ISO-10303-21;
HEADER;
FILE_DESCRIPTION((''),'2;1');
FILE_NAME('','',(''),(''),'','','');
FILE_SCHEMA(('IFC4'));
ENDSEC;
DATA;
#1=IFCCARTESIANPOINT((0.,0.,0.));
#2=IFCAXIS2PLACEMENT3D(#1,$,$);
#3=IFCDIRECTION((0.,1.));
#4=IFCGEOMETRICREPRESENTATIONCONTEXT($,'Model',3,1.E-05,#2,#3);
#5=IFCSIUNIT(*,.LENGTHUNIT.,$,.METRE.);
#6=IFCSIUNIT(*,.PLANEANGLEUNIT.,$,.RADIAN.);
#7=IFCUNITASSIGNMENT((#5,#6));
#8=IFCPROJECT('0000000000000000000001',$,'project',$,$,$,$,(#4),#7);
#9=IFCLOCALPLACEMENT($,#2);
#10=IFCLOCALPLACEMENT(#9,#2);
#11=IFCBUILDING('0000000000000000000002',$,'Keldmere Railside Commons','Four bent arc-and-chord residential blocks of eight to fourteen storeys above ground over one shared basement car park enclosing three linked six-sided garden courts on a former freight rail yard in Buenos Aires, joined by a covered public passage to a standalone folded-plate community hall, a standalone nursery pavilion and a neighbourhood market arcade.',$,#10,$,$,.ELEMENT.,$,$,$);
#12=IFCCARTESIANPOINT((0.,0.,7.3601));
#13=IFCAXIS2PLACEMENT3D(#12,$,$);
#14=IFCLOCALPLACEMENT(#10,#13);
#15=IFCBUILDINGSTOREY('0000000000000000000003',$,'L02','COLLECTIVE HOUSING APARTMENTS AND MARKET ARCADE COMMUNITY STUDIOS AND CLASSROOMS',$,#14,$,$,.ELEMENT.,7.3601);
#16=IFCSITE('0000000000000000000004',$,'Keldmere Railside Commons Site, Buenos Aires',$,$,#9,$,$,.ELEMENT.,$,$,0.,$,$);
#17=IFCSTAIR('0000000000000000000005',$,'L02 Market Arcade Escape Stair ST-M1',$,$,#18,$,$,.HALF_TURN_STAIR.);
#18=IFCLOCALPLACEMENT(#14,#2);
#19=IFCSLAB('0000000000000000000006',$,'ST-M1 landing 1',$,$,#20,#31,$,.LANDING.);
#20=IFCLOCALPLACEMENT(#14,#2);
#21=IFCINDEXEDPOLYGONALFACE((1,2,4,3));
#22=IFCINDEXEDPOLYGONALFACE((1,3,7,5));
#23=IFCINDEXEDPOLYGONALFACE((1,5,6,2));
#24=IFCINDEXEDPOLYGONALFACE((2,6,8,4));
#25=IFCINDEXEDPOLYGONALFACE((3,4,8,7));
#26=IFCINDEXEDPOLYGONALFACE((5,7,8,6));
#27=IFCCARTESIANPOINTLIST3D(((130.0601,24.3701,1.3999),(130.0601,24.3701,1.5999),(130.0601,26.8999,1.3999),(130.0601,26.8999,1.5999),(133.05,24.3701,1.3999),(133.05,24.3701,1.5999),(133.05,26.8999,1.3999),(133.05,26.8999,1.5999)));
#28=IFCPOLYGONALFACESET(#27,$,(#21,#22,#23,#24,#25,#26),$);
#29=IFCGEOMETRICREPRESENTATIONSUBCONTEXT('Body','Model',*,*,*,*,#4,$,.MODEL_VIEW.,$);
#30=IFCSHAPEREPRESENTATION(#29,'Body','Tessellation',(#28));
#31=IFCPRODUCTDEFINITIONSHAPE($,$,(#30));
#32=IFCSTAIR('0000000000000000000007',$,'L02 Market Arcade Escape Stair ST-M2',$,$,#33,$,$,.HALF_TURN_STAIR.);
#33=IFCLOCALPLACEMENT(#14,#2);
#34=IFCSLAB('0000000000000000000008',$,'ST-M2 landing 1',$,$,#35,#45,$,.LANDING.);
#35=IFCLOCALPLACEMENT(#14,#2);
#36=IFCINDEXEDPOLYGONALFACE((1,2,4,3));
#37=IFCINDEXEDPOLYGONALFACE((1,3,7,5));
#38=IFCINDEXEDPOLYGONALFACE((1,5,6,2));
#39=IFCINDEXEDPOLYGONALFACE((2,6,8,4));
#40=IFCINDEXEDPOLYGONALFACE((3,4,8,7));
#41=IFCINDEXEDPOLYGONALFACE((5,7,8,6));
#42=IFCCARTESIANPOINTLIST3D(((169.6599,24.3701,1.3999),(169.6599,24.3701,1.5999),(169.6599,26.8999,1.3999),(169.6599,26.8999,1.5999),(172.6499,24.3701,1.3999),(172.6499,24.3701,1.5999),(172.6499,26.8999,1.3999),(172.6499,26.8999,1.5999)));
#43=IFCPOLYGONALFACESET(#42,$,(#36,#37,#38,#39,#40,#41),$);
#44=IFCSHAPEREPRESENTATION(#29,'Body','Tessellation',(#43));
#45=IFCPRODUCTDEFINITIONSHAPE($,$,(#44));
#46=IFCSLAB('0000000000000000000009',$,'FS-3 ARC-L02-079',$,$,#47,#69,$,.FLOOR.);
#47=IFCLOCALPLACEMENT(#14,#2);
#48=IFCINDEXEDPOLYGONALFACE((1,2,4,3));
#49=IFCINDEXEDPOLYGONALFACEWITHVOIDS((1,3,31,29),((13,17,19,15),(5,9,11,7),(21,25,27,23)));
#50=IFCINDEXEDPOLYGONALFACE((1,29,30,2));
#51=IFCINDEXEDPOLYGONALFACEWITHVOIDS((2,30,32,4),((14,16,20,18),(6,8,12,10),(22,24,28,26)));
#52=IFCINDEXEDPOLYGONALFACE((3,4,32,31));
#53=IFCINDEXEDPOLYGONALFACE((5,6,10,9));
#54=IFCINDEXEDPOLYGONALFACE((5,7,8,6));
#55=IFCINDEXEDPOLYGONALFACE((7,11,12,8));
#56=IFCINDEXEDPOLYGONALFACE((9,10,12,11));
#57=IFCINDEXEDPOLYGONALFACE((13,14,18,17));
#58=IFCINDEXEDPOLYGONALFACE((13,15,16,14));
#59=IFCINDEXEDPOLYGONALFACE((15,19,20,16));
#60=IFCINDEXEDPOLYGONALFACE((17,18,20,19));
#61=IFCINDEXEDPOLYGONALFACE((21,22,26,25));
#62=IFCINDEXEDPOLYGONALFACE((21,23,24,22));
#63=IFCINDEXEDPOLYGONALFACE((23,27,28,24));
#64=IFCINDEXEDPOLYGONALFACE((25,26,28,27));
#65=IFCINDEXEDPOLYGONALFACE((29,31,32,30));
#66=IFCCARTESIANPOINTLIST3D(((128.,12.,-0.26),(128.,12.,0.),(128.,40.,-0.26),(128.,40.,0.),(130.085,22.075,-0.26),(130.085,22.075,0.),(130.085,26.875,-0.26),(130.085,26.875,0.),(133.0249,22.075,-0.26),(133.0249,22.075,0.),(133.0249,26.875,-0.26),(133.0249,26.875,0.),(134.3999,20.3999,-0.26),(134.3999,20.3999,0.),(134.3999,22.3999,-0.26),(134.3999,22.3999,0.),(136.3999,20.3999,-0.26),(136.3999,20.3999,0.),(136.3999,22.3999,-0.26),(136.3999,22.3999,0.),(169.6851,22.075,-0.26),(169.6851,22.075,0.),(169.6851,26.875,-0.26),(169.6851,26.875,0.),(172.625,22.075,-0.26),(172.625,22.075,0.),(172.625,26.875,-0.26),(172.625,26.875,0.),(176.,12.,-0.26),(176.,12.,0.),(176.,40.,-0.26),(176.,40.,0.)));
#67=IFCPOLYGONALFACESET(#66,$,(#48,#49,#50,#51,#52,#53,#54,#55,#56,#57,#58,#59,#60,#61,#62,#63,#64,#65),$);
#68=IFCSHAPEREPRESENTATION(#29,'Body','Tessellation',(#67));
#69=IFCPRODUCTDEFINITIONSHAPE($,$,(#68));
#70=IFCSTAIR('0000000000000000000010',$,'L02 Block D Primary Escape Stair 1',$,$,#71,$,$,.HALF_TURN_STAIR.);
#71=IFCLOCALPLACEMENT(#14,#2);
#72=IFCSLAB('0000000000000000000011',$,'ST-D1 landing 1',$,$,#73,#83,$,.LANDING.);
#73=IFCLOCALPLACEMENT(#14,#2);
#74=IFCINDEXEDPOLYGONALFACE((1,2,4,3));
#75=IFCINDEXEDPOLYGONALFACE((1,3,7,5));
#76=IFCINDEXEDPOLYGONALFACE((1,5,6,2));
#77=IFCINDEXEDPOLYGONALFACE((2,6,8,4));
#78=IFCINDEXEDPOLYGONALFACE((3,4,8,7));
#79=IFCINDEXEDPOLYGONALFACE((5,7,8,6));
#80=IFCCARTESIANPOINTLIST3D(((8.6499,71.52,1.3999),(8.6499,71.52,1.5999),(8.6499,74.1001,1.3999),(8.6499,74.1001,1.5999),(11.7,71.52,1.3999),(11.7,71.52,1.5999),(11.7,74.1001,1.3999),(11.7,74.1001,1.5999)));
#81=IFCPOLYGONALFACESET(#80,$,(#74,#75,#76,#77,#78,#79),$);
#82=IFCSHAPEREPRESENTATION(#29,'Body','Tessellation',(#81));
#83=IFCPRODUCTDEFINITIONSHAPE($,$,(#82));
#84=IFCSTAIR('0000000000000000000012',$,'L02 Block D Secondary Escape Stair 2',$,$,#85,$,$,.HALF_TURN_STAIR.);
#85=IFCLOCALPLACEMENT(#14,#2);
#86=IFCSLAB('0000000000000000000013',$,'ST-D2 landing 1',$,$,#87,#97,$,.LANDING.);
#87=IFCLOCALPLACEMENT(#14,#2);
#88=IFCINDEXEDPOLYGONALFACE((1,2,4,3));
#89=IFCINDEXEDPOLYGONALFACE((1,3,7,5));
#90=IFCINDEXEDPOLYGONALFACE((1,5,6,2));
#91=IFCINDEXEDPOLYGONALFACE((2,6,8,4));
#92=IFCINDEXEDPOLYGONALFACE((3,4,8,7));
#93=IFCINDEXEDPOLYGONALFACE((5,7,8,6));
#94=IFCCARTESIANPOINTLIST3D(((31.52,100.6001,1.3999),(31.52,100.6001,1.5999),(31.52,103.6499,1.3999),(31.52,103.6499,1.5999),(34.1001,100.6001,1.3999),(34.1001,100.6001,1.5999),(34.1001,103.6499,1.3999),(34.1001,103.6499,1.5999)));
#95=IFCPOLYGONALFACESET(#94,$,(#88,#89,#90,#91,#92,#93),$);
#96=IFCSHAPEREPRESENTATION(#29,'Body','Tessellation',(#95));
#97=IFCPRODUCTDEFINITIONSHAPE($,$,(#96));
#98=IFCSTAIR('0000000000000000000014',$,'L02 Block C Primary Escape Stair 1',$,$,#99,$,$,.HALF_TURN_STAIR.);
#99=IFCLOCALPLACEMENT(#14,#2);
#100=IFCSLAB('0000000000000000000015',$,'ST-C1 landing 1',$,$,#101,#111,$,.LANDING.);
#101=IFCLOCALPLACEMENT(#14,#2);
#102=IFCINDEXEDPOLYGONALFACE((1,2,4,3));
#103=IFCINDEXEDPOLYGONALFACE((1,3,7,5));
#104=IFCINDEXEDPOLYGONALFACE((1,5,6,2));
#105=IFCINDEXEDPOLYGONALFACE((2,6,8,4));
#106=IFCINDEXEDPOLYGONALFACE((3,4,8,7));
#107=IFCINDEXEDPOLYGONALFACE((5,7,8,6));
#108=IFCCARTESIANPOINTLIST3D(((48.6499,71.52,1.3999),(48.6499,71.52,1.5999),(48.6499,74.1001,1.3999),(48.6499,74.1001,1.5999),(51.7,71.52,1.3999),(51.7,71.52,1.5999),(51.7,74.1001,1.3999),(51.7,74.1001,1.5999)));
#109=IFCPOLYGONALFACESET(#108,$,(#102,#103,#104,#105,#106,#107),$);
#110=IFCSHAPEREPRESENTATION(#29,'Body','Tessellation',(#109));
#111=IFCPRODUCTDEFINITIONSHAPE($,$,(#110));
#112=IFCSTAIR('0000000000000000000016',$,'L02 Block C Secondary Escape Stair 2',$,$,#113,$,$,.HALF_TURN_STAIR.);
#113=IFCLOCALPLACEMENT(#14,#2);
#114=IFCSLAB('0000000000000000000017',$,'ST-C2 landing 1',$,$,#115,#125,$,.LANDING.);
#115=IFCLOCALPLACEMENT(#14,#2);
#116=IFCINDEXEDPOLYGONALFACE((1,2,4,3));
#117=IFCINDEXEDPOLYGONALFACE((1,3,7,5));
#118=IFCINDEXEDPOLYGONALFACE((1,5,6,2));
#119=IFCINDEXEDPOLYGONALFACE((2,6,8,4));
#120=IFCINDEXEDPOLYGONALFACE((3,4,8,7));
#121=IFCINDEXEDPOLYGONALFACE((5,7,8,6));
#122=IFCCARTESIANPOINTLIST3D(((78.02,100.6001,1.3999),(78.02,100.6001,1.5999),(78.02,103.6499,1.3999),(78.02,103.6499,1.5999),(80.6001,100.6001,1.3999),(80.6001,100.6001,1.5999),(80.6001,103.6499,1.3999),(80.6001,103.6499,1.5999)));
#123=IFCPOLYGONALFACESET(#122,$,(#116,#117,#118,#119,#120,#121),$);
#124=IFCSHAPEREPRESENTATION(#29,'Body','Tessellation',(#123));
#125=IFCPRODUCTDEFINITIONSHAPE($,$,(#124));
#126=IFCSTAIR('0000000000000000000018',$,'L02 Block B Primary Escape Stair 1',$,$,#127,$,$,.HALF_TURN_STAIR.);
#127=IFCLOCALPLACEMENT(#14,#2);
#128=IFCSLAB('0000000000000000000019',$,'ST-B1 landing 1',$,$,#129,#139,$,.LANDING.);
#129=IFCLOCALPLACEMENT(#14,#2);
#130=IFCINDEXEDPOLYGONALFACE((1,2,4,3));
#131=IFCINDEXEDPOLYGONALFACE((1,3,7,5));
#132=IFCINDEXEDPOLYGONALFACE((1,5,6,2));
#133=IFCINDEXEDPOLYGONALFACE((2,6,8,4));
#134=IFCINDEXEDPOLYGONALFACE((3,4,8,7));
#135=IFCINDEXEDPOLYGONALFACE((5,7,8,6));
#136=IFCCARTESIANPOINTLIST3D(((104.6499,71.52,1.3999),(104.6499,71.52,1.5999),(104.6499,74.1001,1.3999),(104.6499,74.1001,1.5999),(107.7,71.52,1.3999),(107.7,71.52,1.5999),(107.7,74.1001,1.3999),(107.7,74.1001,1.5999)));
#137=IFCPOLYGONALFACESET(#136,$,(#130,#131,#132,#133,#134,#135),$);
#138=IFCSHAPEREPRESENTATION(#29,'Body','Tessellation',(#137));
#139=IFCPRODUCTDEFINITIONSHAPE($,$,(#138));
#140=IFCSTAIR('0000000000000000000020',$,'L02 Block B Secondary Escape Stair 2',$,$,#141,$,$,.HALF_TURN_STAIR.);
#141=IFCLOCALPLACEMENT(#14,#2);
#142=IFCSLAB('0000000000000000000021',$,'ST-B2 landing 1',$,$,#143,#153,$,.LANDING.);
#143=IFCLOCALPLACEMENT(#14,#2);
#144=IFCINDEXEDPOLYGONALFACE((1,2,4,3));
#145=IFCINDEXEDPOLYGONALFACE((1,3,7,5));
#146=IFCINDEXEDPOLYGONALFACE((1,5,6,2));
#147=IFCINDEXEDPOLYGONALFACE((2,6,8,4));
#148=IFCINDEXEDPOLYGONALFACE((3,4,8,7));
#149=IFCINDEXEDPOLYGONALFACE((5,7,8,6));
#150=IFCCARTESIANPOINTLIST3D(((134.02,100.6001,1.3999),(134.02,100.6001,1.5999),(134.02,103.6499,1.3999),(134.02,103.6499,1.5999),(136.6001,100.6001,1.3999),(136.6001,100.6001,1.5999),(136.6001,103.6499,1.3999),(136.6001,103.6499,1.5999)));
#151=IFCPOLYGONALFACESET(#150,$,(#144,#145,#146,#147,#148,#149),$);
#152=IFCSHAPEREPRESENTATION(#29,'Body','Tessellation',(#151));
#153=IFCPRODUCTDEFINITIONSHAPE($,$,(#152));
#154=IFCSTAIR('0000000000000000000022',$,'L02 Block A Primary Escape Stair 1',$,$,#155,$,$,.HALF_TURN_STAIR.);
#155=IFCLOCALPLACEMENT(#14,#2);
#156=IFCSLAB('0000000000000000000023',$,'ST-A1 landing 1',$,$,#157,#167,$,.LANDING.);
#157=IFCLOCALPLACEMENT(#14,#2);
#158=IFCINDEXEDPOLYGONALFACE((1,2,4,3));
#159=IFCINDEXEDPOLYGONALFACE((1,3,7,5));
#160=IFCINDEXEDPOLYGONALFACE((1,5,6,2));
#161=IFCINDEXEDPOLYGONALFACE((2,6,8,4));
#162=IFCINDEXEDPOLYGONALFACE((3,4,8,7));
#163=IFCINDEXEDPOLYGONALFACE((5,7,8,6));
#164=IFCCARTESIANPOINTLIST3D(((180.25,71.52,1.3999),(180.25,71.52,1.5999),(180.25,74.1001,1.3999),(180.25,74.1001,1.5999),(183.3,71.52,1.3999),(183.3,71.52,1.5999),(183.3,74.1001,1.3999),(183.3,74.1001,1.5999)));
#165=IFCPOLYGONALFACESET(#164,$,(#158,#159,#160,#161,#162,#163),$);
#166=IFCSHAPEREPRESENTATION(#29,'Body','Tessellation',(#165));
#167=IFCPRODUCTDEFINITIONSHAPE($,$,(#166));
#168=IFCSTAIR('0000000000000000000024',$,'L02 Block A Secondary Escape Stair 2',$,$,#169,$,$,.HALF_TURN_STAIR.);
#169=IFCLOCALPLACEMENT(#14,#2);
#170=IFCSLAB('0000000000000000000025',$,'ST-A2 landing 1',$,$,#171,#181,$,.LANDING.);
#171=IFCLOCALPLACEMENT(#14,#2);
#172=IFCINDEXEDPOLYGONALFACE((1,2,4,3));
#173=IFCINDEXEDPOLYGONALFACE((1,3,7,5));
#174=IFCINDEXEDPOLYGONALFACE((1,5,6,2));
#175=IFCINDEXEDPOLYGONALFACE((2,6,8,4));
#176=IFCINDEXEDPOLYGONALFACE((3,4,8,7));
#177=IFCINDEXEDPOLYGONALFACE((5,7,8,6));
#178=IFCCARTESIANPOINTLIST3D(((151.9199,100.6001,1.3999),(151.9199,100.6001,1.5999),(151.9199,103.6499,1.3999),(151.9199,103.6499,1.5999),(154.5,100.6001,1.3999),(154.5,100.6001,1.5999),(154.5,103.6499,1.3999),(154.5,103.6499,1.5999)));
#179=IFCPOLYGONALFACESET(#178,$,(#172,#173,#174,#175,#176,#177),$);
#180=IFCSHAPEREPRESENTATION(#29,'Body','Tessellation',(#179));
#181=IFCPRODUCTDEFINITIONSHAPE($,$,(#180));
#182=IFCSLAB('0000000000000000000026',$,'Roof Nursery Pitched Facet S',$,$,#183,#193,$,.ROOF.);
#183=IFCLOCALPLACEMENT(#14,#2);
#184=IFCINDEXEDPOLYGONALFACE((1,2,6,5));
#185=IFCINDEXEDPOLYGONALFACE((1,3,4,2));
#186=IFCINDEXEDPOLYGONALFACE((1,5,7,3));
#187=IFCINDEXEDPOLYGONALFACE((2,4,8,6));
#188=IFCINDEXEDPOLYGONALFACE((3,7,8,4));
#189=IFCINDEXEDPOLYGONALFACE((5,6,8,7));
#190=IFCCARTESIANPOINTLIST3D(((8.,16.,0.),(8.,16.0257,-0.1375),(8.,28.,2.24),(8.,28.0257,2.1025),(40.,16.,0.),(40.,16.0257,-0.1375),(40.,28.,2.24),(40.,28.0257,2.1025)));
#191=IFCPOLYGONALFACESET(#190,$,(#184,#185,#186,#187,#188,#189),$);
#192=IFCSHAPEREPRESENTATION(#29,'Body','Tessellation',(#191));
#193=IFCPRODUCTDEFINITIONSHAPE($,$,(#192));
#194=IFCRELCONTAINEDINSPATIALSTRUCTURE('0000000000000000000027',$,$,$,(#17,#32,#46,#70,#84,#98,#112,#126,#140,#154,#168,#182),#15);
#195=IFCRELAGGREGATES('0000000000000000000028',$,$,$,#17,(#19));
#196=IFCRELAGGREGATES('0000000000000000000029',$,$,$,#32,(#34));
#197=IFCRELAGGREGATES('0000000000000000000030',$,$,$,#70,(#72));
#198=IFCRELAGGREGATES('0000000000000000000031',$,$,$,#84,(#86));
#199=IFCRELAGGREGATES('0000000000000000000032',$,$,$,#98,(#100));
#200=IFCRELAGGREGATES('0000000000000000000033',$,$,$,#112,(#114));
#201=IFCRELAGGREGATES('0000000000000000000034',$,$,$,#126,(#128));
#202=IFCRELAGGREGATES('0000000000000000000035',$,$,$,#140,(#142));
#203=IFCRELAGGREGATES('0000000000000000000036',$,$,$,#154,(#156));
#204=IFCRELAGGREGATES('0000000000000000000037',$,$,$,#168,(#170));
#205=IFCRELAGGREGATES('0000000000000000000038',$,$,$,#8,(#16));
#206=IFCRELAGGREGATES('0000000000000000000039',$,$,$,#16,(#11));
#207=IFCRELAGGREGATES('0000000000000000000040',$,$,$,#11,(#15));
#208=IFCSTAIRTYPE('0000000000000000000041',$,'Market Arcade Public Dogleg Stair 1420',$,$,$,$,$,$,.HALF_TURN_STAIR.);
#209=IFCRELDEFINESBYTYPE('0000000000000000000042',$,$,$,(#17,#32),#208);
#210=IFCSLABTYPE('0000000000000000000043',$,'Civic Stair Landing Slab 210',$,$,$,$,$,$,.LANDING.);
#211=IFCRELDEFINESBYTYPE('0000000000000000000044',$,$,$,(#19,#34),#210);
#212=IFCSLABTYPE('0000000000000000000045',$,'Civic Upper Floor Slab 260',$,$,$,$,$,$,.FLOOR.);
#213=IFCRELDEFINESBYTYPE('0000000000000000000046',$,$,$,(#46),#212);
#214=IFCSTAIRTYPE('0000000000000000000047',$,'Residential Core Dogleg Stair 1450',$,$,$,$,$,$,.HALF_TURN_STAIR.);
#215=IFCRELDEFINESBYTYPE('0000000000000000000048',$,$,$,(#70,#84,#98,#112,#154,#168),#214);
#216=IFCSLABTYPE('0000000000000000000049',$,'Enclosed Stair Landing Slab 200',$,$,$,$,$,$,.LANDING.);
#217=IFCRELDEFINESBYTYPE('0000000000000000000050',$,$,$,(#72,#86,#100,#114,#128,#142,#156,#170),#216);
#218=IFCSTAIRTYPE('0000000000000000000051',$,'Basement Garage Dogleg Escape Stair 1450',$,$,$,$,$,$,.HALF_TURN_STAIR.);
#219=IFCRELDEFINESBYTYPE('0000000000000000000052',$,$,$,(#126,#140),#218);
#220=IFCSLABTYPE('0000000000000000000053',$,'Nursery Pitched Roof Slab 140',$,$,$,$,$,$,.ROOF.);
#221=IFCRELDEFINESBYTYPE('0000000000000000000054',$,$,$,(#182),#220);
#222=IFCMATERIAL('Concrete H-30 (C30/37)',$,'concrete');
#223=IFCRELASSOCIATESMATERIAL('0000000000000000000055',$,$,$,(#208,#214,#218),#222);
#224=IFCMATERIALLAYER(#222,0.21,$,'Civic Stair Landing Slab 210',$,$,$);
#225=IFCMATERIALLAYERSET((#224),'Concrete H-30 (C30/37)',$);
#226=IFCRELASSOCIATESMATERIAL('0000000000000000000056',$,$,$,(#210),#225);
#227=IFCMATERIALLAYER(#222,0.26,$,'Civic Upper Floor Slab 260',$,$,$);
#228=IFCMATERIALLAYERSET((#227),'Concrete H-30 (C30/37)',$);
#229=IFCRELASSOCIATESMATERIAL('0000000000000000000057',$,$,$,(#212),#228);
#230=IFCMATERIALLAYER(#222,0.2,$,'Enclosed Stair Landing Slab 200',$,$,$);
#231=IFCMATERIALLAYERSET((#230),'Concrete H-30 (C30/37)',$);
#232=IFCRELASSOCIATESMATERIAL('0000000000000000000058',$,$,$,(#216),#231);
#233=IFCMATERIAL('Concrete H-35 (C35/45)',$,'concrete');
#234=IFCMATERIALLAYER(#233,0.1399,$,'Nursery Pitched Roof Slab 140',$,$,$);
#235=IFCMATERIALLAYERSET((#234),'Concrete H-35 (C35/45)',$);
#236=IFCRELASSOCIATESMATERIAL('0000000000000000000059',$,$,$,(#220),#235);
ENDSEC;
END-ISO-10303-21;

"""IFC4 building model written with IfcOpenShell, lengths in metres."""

from ifc_helpers import new_model, si_unit, direction, frame, origin, place, context, subcontext, project, spatial, polyline, outline, extrude, material, layer, layer_set, type_object, element, aggregate, save


model = new_model("IFC4")

# Units and contexts
model_context = context("Model", 3, precision=1e-05, world=origin(), true_north=direction((0.0, 1.0)))
body_context = subcontext(model_context, "Body", "Model", "MODEL_VIEW")
ifc_project = project(units=[si_unit("LENGTHUNIT", "METRE"), si_unit("PLANEANGLEUNIT", "RADIAN")], contexts=[model_context])

# Site, building, storey
site_placement = place(None, origin())
site = spatial("IfcSite", under=ifc_project, at=site_placement, Name="Keldmere Railside Commons Site, Buenos Aires", CompositionType="ELEMENT", RefElevation=0.0)
building_placement = place(site_placement, origin())
building = spatial("IfcBuilding", under=site, at=building_placement, Name="Keldmere Railside Commons", Description="Four bent arc-and-chord residential blocks of eight to fourteen storeys above ground over one shared basement car park enclosing three linked six-sided garden courts on a former freight rail yard in Buenos Aires, joined by a covered public passage to a standalone folded-plate community hall, a standalone nursery pavilion and a neighbourhood market arcade.", CompositionType="ELEMENT")
storey_placement = place(building_placement, frame((0.0, 0.0, 7.3601)))
storey = spatial("IfcBuildingStorey", under=building, at=storey_placement, Name="L02", Description="COLLECTIVE HOUSING APARTMENTS AND MARKET ARCADE COMMUNITY STUDIOS AND CLASSROOMS", CompositionType="ELEMENT", Elevation=7.3601)

# Stairs, slabs
ifc_material_1 = material(Name="Concrete H-30 (C30/37)", Category="concrete")
stair_type_1 = type_object("IfcStairType", Name="Market Arcade Public Dogleg Stair 1420", PredefinedType="HALF_TURN_STAIR", material=ifc_material_1)
stair_1_placement = place(storey_placement, origin())
stair_1 = element("IfcStair", 1, at=stair_1_placement, inside=storey, type_object=stair_type_1, Name="L02 Market Arcade Escape Stair ST-M1", PredefinedType="HALF_TURN_STAIR")
ifc_layer_1 = layer(ifc_material_1, 0.21, Name="Civic Stair Landing Slab 210")
ifc_layer_set_1 = layer_set([ifc_layer_1], Name="Concrete H-30 (C30/37)")
slab_type_1 = type_object("IfcSlabType", Name="Civic Stair Landing Slab 210", PredefinedType="LANDING", material=ifc_layer_set_1)
slab_1_placement = place(storey_placement, frame((0.0, 0.0, 1.3999)))
slab_1 = element("IfcSlab", 2, at=slab_1_placement, type_object=slab_type_1, Name="ST-M1 landing 1", PredefinedType="LANDING", context=body_context, shape_type="SweptSolid", body=[
    extrude(outline(polyline([(133.05, 24.3701), (133.05, 26.8999), (130.0601, 26.8999), (130.0601, 24.3701), (133.05, 24.3701)])), origin(), (0.0, 0.0, 1.0), 0.2),
])
aggregate(stair_1, [slab_1])
stair_2_placement = place(storey_placement, origin())
stair_2 = element("IfcStair", 3, at=stair_2_placement, inside=storey, type_object=stair_type_1, Name="L02 Market Arcade Escape Stair ST-M2", PredefinedType="HALF_TURN_STAIR")
slab_2_placement = place(storey_placement, frame((0.0, 0.0, 1.3999)))
slab_2 = element("IfcSlab", 4, at=slab_2_placement, type_object=slab_type_1, Name="ST-M2 landing 1", PredefinedType="LANDING", context=body_context, shape_type="SweptSolid", body=[
    extrude(outline(polyline([(172.6499, 24.3701), (172.6499, 26.8999), (169.6599, 26.8999), (169.6599, 24.3701), (172.6499, 24.3701)])), origin(), (0.0, 0.0, 1.0), 0.2),
])
aggregate(stair_2, [slab_2])

# Slab
ifc_layer_2 = layer(ifc_material_1, 0.26, Name="Civic Upper Floor Slab 260")
ifc_layer_set_2 = layer_set([ifc_layer_2], Name="Concrete H-30 (C30/37)")
slab_type_2 = type_object("IfcSlabType", Name="Civic Upper Floor Slab 260", PredefinedType="FLOOR", material=ifc_layer_set_2)
slab_3_placement = place(storey_placement, frame((0.0, 0.0, -0.26)))
element("IfcSlab", 5, at=slab_3_placement, inside=storey, type_object=slab_type_2, Name="FS-3 ARC-L02-079", PredefinedType="FLOOR", context=body_context, shape_type="SweptSolid", body=[
    extrude(outline(polyline([(176.0, 12.0), (176.0, 40.0), (128.0, 40.0), (128.0, 12.0), (176.0, 12.0)]), holes=[polyline([(134.3999, 20.3999), (134.3999, 22.3999), (136.3999, 22.3999), (136.3999, 20.3999), (134.3999, 20.3999)]), polyline([(130.085, 22.075), (130.085, 26.875), (133.0249, 26.875), (133.0249, 22.075), (130.085, 22.075)]), polyline([(172.625, 22.075), (169.6851, 22.075), (169.6851, 26.875), (172.625, 26.875), (172.625, 22.075)])]), origin(), (0.0, 0.0, 1.0), 0.26),
])

# Stairs, slabs
stair_type_2 = type_object("IfcStairType", Name="Residential Core Dogleg Stair 1450", PredefinedType="HALF_TURN_STAIR", material=ifc_material_1)
stair_3_placement = place(storey_placement, origin())
stair_3 = element("IfcStair", 6, at=stair_3_placement, inside=storey, type_object=stair_type_2, Name="L02 Block D Primary Escape Stair 1", PredefinedType="HALF_TURN_STAIR")
ifc_layer_3 = layer(ifc_material_1, 0.2, Name="Enclosed Stair Landing Slab 200")
ifc_layer_set_3 = layer_set([ifc_layer_3], Name="Concrete H-30 (C30/37)")
slab_type_3 = type_object("IfcSlabType", Name="Enclosed Stair Landing Slab 200", PredefinedType="LANDING", material=ifc_layer_set_3)
slab_4_placement = place(storey_placement, frame((0.0, 0.0, 1.3999)))
slab_4 = element("IfcSlab", 7, at=slab_4_placement, type_object=slab_type_3, Name="ST-D1 landing 1", PredefinedType="LANDING", context=body_context, shape_type="SweptSolid", body=[
    extrude(outline(polyline([(11.7, 71.52), (11.7, 74.1001), (8.6499, 74.1001), (8.6499, 71.52), (11.7, 71.52)])), origin(), (0.0, 0.0, 1.0), 0.2),
])
aggregate(stair_3, [slab_4])
stair_4_placement = place(storey_placement, origin())
stair_4 = element("IfcStair", 8, at=stair_4_placement, inside=storey, type_object=stair_type_2, Name="L02 Block D Secondary Escape Stair 2", PredefinedType="HALF_TURN_STAIR")
slab_5_placement = place(storey_placement, frame((0.0, 0.0, 1.3999)))
slab_5 = element("IfcSlab", 9, at=slab_5_placement, type_object=slab_type_3, Name="ST-D2 landing 1", PredefinedType="LANDING", context=body_context, shape_type="SweptSolid", body=[
    extrude(outline(polyline([(31.52, 100.6001), (34.1001, 100.6001), (34.1001, 103.6499), (31.52, 103.6499), (31.52, 100.6001)])), origin(), (0.0, 0.0, 1.0), 0.2),
])
aggregate(stair_4, [slab_5])
stair_5_placement = place(storey_placement, origin())
stair_5 = element("IfcStair", 10, at=stair_5_placement, inside=storey, type_object=stair_type_2, Name="L02 Block C Primary Escape Stair 1", PredefinedType="HALF_TURN_STAIR")
slab_6_placement = place(storey_placement, frame((0.0, 0.0, 1.3999)))
slab_6 = element("IfcSlab", 11, at=slab_6_placement, type_object=slab_type_3, Name="ST-C1 landing 1", PredefinedType="LANDING", context=body_context, shape_type="SweptSolid", body=[
    extrude(outline(polyline([(51.7, 71.52), (51.7, 74.1001), (48.6499, 74.1001), (48.6499, 71.52), (51.7, 71.52)])), origin(), (0.0, 0.0, 1.0), 0.2),
])
aggregate(stair_5, [slab_6])
stair_6_placement = place(storey_placement, origin())
stair_6 = element("IfcStair", 12, at=stair_6_placement, inside=storey, type_object=stair_type_2, Name="L02 Block C Secondary Escape Stair 2", PredefinedType="HALF_TURN_STAIR")
slab_7_placement = place(storey_placement, frame((0.0, 0.0, 1.3999)))
slab_7 = element("IfcSlab", 13, at=slab_7_placement, type_object=slab_type_3, Name="ST-C2 landing 1", PredefinedType="LANDING", context=body_context, shape_type="SweptSolid", body=[
    extrude(outline(polyline([(78.02, 100.6001), (80.6001, 100.6001), (80.6001, 103.6499), (78.02, 103.6499), (78.02, 100.6001)])), origin(), (0.0, 0.0, 1.0), 0.2),
])
aggregate(stair_6, [slab_7])
stair_type_3 = type_object("IfcStairType", Name="Basement Garage Dogleg Escape Stair 1450", PredefinedType="HALF_TURN_STAIR", material=ifc_material_1)
stair_7_placement = place(storey_placement, origin())
stair_7 = element("IfcStair", 14, at=stair_7_placement, inside=storey, type_object=stair_type_3, Name="L02 Block B Primary Escape Stair 1", PredefinedType="HALF_TURN_STAIR")
slab_8_placement = place(storey_placement, frame((0.0, 0.0, 1.3999)))
slab_8 = element("IfcSlab", 15, at=slab_8_placement, type_object=slab_type_3, Name="ST-B1 landing 1", PredefinedType="LANDING", context=body_context, shape_type="SweptSolid", body=[
    extrude(outline(polyline([(107.7, 71.52), (107.7, 74.1001), (104.6499, 74.1001), (104.6499, 71.52), (107.7, 71.52)])), origin(), (0.0, 0.0, 1.0), 0.2),
])
aggregate(stair_7, [slab_8])
stair_8_placement = place(storey_placement, origin())
stair_8 = element("IfcStair", 16, at=stair_8_placement, inside=storey, type_object=stair_type_3, Name="L02 Block B Secondary Escape Stair 2", PredefinedType="HALF_TURN_STAIR")
slab_9_placement = place(storey_placement, frame((0.0, 0.0, 1.3999)))
slab_9 = element("IfcSlab", 17, at=slab_9_placement, type_object=slab_type_3, Name="ST-B2 landing 1", PredefinedType="LANDING", context=body_context, shape_type="SweptSolid", body=[
    extrude(outline(polyline([(134.02, 100.6001), (136.6001, 100.6001), (136.6001, 103.6499), (134.02, 103.6499), (134.02, 100.6001)])), origin(), (0.0, 0.0, 1.0), 0.2),
])
aggregate(stair_8, [slab_9])
stair_9_placement = place(storey_placement, origin())
stair_9 = element("IfcStair", 18, at=stair_9_placement, inside=storey, type_object=stair_type_2, Name="L02 Block A Primary Escape Stair 1", PredefinedType="HALF_TURN_STAIR")
slab_10_placement = place(storey_placement, frame((0.0, 0.0, 1.3999)))
slab_10 = element("IfcSlab", 19, at=slab_10_placement, type_object=slab_type_3, Name="ST-A1 landing 1", PredefinedType="LANDING", context=body_context, shape_type="SweptSolid", body=[
    extrude(outline(polyline([(183.3, 71.52), (183.3, 74.1001), (180.25, 74.1001), (180.25, 71.52), (183.3, 71.52)])), origin(), (0.0, 0.0, 1.0), 0.2),
])
aggregate(stair_9, [slab_10])
stair_10_placement = place(storey_placement, origin())
stair_10 = element("IfcStair", 20, at=stair_10_placement, inside=storey, type_object=stair_type_2, Name="L02 Block A Secondary Escape Stair 2", PredefinedType="HALF_TURN_STAIR")
slab_11_placement = place(storey_placement, frame((0.0, 0.0, 1.3999)))
slab_11 = element("IfcSlab", 21, at=slab_11_placement, type_object=slab_type_3, Name="ST-A2 landing 1", PredefinedType="LANDING", context=body_context, shape_type="SweptSolid", body=[
    extrude(outline(polyline([(151.9199, 100.6001), (154.5, 100.6001), (154.5, 103.6499), (151.9199, 103.6499), (151.9199, 100.6001)])), origin(), (0.0, 0.0, 1.0), 0.2),
])
aggregate(stair_10, [slab_11])

# Slab
ifc_material_2 = material(Name="Concrete H-35 (C35/45)", Category="concrete")
ifc_layer_4 = layer(ifc_material_2, 0.1399, Name="Nursery Pitched Roof Slab 140")
ifc_layer_set_4 = layer_set([ifc_layer_4], Name="Concrete H-35 (C35/45)")
slab_type_4 = type_object("IfcSlabType", Name="Nursery Pitched Roof Slab 140", PredefinedType="ROOF", material=ifc_layer_set_4)
slab_12_placement = place(storey_placement, frame((8.0, 16.0, 0.0), z_axis=(0.0, -0.183496, 0.98302), x_axis=(1.0, 0.0, 0.0)))
element("IfcSlab", 22, at=slab_12_placement, inside=storey, type_object=slab_type_4, Name="Roof Nursery Pitched Facet S", PredefinedType="ROOF", context=body_context, shape_type="SweptSolid", body=[
    extrude(outline(polyline([(0.0, 0.0), (32.0, 0.0), (32.0, 12.2073), (0.0, 12.2073), (0.0, 0.0)])), origin(), (0.0, 0.0, -1.0), 0.1399),
])

save(model, "model.ifc")
